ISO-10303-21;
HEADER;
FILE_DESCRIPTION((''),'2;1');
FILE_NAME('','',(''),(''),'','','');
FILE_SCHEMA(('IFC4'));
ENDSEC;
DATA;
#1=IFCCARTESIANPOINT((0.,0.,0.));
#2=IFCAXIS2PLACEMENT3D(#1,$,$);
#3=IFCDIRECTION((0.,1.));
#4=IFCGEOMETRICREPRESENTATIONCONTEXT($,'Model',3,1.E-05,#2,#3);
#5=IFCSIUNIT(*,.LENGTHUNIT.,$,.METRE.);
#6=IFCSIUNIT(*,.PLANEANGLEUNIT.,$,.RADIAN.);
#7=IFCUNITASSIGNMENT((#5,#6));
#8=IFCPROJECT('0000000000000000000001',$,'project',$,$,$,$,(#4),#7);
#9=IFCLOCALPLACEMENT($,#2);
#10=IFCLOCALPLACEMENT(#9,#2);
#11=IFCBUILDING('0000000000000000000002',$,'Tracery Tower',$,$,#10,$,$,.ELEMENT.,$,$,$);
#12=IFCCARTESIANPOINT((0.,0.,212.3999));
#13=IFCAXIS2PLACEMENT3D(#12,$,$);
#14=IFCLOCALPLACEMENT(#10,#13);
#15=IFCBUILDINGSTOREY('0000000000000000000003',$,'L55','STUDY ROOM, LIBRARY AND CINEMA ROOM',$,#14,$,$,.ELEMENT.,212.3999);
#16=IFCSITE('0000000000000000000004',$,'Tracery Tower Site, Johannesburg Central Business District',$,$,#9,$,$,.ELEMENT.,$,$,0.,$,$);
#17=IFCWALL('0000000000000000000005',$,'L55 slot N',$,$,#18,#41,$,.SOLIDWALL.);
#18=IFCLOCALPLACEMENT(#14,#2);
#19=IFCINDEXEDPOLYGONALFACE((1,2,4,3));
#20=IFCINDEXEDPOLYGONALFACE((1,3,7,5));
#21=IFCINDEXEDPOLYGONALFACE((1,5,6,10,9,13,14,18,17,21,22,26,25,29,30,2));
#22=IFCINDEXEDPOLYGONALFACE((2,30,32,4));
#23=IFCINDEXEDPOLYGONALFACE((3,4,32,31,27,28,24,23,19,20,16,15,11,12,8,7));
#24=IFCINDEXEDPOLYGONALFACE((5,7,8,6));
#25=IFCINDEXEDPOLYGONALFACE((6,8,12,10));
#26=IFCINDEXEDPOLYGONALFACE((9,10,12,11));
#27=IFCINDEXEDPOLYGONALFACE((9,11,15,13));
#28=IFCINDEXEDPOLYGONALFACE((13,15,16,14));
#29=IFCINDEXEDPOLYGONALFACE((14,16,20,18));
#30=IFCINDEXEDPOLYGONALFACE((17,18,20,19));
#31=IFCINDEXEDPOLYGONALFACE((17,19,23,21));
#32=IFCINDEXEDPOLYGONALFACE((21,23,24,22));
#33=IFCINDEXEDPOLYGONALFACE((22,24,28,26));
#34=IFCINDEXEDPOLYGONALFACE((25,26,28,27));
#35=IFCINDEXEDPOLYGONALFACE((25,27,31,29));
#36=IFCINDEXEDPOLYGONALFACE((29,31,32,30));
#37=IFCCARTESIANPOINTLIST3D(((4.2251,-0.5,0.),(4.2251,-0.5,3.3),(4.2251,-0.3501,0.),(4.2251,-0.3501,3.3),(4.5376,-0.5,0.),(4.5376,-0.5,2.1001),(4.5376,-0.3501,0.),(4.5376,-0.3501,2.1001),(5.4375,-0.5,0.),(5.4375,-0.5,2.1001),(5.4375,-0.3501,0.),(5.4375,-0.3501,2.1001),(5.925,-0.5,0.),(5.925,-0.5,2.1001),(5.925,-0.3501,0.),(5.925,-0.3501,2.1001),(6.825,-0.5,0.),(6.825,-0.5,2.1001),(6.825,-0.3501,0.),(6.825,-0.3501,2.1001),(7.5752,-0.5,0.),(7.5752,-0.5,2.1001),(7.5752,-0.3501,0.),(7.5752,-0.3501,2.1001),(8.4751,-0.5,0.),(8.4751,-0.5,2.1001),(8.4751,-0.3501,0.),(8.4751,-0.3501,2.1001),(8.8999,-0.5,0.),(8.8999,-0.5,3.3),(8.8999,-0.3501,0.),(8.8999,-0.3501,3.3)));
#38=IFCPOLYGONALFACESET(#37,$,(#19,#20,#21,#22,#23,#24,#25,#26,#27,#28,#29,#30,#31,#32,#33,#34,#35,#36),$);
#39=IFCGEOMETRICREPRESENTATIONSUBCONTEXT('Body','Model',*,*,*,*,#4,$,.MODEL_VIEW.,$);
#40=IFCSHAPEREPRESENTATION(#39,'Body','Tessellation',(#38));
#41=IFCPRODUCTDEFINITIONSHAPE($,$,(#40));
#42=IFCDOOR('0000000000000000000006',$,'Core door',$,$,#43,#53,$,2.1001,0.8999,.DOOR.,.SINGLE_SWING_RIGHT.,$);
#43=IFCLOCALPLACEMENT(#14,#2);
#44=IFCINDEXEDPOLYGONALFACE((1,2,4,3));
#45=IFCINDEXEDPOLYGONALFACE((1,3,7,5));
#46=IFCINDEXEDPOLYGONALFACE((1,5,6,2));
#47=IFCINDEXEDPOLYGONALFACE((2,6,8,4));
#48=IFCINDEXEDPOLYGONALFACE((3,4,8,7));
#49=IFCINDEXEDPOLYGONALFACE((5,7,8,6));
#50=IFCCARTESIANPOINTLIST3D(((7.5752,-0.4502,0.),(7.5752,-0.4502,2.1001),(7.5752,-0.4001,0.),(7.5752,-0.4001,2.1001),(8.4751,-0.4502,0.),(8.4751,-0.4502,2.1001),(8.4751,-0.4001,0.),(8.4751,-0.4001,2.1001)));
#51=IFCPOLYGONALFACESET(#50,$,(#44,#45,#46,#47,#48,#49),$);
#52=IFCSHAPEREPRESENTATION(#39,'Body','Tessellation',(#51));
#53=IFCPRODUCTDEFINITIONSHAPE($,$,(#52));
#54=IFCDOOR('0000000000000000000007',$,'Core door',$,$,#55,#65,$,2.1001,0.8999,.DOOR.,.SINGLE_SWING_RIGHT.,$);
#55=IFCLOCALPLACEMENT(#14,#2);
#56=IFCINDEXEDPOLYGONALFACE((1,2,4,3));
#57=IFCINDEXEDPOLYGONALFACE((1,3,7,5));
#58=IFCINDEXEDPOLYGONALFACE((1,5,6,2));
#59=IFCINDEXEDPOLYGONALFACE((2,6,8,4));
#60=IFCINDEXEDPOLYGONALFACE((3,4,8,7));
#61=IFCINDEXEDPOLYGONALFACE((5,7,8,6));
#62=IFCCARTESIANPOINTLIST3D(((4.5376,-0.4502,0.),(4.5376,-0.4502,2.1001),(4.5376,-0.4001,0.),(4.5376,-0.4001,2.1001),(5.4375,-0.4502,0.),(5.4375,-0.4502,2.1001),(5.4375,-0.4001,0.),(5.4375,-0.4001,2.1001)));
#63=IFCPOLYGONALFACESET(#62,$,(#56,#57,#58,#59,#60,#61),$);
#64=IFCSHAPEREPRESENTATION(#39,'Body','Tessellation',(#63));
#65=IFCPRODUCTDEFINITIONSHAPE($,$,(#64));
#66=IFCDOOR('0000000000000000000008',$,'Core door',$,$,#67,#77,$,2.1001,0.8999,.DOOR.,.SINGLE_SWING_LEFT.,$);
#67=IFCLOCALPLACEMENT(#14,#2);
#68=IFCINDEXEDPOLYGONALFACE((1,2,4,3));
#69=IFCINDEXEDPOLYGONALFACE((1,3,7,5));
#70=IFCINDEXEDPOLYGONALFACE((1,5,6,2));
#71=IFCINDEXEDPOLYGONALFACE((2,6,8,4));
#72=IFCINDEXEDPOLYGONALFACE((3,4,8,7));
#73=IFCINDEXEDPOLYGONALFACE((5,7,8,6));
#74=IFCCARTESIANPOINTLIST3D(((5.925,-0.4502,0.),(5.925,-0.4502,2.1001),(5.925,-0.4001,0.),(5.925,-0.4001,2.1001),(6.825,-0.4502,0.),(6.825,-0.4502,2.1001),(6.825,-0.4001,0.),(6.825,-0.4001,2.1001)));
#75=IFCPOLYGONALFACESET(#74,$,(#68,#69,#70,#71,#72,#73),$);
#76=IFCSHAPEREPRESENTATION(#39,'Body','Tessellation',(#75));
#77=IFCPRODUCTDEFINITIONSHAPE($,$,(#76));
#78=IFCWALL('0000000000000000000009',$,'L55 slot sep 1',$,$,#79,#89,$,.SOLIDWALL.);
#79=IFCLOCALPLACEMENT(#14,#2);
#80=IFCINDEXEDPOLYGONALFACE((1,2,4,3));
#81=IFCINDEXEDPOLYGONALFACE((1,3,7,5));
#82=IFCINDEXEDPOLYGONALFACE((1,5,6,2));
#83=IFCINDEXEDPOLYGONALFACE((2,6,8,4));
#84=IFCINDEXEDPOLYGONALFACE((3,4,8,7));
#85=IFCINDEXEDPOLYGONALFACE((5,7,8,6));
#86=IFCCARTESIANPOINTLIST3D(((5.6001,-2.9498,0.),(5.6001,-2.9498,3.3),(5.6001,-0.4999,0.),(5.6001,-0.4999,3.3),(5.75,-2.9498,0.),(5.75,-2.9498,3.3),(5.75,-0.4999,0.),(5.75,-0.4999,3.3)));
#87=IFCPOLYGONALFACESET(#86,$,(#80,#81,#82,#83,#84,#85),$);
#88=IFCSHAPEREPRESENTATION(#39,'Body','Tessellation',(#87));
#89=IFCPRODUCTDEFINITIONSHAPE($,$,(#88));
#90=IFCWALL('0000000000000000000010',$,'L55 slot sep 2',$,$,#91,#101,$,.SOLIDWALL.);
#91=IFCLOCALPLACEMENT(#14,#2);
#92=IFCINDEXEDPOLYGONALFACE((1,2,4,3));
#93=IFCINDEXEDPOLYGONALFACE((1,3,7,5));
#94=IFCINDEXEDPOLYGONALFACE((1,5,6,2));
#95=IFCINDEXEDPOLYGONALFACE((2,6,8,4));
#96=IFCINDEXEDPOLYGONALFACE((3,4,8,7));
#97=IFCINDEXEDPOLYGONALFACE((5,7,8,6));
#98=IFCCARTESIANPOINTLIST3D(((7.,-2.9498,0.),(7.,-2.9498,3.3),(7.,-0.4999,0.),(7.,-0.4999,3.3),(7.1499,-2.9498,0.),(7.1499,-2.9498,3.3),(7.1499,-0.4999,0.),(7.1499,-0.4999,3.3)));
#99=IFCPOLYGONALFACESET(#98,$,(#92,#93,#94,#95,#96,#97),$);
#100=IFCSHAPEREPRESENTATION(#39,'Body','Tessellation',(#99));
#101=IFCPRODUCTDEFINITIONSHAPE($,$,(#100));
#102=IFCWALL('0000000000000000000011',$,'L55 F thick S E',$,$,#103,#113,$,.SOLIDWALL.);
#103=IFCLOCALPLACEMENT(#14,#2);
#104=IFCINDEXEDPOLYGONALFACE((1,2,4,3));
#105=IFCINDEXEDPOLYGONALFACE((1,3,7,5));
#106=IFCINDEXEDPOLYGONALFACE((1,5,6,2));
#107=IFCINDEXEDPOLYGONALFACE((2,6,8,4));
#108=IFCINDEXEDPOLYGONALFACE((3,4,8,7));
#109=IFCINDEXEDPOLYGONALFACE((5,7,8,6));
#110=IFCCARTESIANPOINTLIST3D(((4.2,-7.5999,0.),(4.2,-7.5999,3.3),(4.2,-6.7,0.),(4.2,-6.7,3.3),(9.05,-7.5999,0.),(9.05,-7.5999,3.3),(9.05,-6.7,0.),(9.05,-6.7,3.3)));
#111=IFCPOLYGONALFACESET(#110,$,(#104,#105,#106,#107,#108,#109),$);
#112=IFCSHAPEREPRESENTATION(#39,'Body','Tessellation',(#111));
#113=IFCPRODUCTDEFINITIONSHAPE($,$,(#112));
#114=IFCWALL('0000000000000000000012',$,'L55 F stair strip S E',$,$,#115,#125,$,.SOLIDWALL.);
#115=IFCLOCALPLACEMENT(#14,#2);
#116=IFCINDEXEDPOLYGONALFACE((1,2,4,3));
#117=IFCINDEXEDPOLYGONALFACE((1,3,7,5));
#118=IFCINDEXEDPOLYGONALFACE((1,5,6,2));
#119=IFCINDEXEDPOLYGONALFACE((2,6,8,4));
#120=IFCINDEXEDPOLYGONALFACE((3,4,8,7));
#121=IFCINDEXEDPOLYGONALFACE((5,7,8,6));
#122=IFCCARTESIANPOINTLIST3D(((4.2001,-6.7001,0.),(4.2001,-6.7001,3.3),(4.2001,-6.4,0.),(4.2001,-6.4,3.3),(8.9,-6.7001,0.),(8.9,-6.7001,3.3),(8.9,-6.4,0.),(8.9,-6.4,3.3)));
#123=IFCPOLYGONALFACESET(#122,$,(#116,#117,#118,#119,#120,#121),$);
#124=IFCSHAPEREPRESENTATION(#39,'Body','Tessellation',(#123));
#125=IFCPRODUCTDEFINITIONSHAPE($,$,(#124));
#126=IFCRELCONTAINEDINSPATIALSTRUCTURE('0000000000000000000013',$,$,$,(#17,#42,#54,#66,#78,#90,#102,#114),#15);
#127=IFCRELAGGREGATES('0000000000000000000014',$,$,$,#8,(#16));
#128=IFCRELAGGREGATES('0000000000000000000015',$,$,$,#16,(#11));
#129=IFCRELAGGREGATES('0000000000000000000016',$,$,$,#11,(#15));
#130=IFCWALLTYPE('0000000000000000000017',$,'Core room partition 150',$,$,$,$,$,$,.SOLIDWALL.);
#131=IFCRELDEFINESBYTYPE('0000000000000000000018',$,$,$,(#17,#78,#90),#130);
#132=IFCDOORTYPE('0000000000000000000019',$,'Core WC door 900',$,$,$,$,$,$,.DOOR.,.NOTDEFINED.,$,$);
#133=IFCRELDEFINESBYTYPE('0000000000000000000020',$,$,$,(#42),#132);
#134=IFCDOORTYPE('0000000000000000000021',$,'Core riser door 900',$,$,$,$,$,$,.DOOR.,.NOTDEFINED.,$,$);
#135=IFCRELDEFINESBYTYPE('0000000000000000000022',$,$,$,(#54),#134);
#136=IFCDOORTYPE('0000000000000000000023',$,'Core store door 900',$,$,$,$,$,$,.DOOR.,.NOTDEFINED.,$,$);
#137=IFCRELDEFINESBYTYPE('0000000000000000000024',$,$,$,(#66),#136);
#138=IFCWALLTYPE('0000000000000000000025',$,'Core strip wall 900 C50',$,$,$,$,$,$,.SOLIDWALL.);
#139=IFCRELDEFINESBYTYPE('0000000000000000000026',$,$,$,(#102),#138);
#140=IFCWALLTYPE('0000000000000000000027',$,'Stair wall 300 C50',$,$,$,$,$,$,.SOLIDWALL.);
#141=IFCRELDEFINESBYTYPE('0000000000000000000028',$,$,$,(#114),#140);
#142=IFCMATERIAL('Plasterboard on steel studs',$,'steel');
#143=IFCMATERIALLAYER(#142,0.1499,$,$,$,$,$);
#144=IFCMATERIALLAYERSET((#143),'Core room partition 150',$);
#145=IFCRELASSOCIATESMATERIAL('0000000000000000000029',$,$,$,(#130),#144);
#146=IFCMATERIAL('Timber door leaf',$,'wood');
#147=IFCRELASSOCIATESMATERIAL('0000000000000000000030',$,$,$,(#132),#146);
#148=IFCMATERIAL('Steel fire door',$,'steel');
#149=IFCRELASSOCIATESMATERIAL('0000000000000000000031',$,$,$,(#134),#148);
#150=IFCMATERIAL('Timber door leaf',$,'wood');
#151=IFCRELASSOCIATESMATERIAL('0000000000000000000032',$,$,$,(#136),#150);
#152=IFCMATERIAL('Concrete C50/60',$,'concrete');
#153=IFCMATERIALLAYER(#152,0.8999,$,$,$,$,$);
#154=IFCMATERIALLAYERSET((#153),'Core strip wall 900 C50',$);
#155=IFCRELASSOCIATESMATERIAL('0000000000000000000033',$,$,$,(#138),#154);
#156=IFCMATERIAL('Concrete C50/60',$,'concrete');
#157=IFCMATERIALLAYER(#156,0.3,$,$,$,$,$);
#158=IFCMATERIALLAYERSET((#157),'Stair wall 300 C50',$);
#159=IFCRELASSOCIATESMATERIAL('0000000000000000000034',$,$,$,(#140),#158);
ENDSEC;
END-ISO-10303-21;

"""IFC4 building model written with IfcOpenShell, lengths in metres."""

from ifc_helpers import new_model, si_unit, direction, frame, frame_2d, origin, place, context, subcontext, project, spatial, rectangle, extrude, material, layer, layer_set, type_object, element, fill, save


model = new_model("IFC4")

# Units and contexts
model_context = context("Model", 3, precision=1e-05, world=origin(), true_north=direction((0.0, 1.0)))
body_context = subcontext(model_context, "Body", "Model", "MODEL_VIEW")
ifc_project = project(units=[si_unit("LENGTHUNIT", "METRE"), si_unit("PLANEANGLEUNIT", "RADIAN")], contexts=[model_context])

# Site, building, storey
site_placement = place(None, origin())
site = spatial("IfcSite", under=ifc_project, at=site_placement, Name="Tracery Tower Site, Johannesburg Central Business District", CompositionType="ELEMENT", RefElevation=0.0)
building_placement = place(site_placement, origin())
building = spatial("IfcBuilding", under=site, at=building_placement, Name="Tracery Tower", CompositionType="ELEMENT")
storey_placement = place(building_placement, frame((0.0, 0.0, 212.3999)))
storey = spatial("IfcBuildingStorey", under=building, at=storey_placement, Name="L55", Description="STUDY ROOM, LIBRARY AND CINEMA ROOM", CompositionType="ELEMENT", Elevation=212.3999)

# Shared definitions
ifc_material_1 = material(Name="Plasterboard on steel studs", Category="steel")
ifc_layer_1 = layer(ifc_material_1, 0.1499)
ifc_layer_set_1 = layer_set([ifc_layer_1], Name="Core room partition 150")
wall_type_1 = type_object("IfcWallType", Name="Core room partition 150", PredefinedType="SOLIDWALL", material=ifc_layer_set_1)

# Wall, openings, doors
wall_1_placement = place(storey_placement, frame((4.2251, -0.425, 0.0), z_axis=(0.0, 0.0, 1.0), x_axis=(1.0, 0.0, 0.0)))
wall_1 = element("IfcWall", 1, at=wall_1_placement, inside=storey, type_object=wall_type_1, Name="L55 slot N", PredefinedType="SOLIDWALL", context=body_context, shape_type="SweptSolid", body=[
    extrude(rectangle(XDim=4.6748, YDim=0.1499, at=frame_2d((2.3374, 0.0))), origin(), (0.0, 0.0, 1.0), 3.3),
])
opening_1_placement = place(wall_1_placement, frame((0.3125, 0.0, 0.0)))
opening_1 = element("IfcOpeningElement", 2, at=opening_1_placement, cuts=wall_1, PredefinedType="OPENING", context=body_context, shape_type="SweptSolid", body=[
    extrude(rectangle(XDim=0.8999, YDim=2.1001, at=frame_2d((0.45, 1.05))), frame((0.0, 0.075, 0.0), z_axis=(0.0, -1.0, 0.0), x_axis=(1.0, 0.0, 0.0)), (0.0, 0.0, 1.0), 0.1499),
])
opening_2_placement = place(wall_1_placement, frame((1.7, 0.0, 0.0)))
opening_2 = element("IfcOpeningElement", 3, at=opening_2_placement, cuts=wall_1, PredefinedType="OPENING", context=body_context, shape_type="SweptSolid", body=[
    extrude(rectangle(XDim=0.8999, YDim=2.1001, at=frame_2d((0.45, 1.05))), frame((0.0, 0.075, 0.0), z_axis=(0.0, -1.0, 0.0), x_axis=(1.0, 0.0, 0.0)), (0.0, 0.0, 1.0), 0.1499),
])
opening_3_placement = place(wall_1_placement, frame((3.3501, 0.0, 0.0)))
opening_3 = element("IfcOpeningElement", 4, at=opening_3_placement, cuts=wall_1, PredefinedType="OPENING", context=body_context, shape_type="SweptSolid", body=[
    extrude(rectangle(XDim=0.8999, YDim=2.1001, at=frame_2d((0.45, 1.05))), frame((0.0, 0.075, 0.0), z_axis=(0.0, -1.0, 0.0), x_axis=(1.0, 0.0, 0.0)), (0.0, 0.0, 1.0), 0.1499),
])
ifc_material_2 = material(Name="Timber door leaf", Category="wood")
door_type_1 = type_object("IfcDoorType", Name="Core WC door 900", OperationType="NOTDEFINED", PredefinedType="DOOR", material=ifc_material_2)
door_1_placement = place(opening_3_placement, origin())
door_1 = element("IfcDoor", 5, at=door_1_placement, inside=storey, type_object=door_type_1, Name="Core door", OperationType="SINGLE_SWING_RIGHT", OverallHeight=2.1001, OverallWidth=0.8999, PredefinedType="DOOR", context=body_context, shape_type="SweptSolid", body=[
    extrude(rectangle(XDim=0.8999, YDim=2.1001, at=frame_2d((0.45, 1.05))), frame((0.0, 0.0249, 0.0), z_axis=(0.0, -1.0, 0.0), x_axis=(1.0, 0.0, 0.0)), (0.0, 0.0, 1.0), 0.05),
])
fill(opening_3, door_1)
ifc_material_3 = material(Name="Steel fire door", Category="steel")
door_type_2 = type_object("IfcDoorType", Name="Core riser door 900", OperationType="NOTDEFINED", PredefinedType="DOOR", material=ifc_material_3)
door_2_placement = place(opening_1_placement, origin())
door_2 = element("IfcDoor", 6, at=door_2_placement, inside=storey, type_object=door_type_2, Name="Core door", OperationType="SINGLE_SWING_RIGHT", OverallHeight=2.1001, OverallWidth=0.8999, PredefinedType="DOOR", context=body_context, shape_type="SweptSolid", body=[
    extrude(rectangle(XDim=0.8999, YDim=2.1001, at=frame_2d((0.45, 1.05))), frame((0.0, 0.0249, 0.0), z_axis=(0.0, -1.0, 0.0), x_axis=(1.0, 0.0, 0.0)), (0.0, 0.0, 1.0), 0.05),
])
fill(opening_1, door_2)
ifc_material_4 = material(Name="Timber door leaf", Category="wood")
door_type_3 = type_object("IfcDoorType", Name="Core store door 900", OperationType="NOTDEFINED", PredefinedType="DOOR", material=ifc_material_4)
door_3_placement = place(opening_2_placement, origin())
door_3 = element("IfcDoor", 7, at=door_3_placement, inside=storey, type_object=door_type_3, Name="Core door", OperationType="SINGLE_SWING_LEFT", OverallHeight=2.1001, OverallWidth=0.8999, PredefinedType="DOOR", context=body_context, shape_type="SweptSolid", body=[
    extrude(rectangle(XDim=0.8999, YDim=2.1001, at=frame_2d((0.45, 1.05))), frame((0.0, 0.0249, 0.0), z_axis=(0.0, -1.0, 0.0), x_axis=(1.0, 0.0, 0.0)), (0.0, 0.0, 1.0), 0.05),
])
fill(opening_2, door_3)

# Walls
for number, where, z_axis, x_axis, name in (
    (8, (5.675, -2.95, 0.0), (0.0, 0.0, 1.0), (0.0, 1.0, 0.0), "L55 slot sep 1"),
    (9, (7.075, -2.95, 0.0), (0.0, 0.0, 1.0), (0.0, 1.0, 0.0), "L55 slot sep 2"),
):
    element("IfcWall", number, at=place(storey_placement, frame(where, z_axis=z_axis, x_axis=x_axis)), inside=storey, type_object=wall_type_1, Name=name, PredefinedType="SOLIDWALL", context=body_context, shape_type="SweptSolid", body=[
        extrude(rectangle(XDim=2.45, YDim=0.1499, at=frame_2d((1.2251, 0.0))), origin(), (0.0, 0.0, 1.0), 3.3),
    ])
ifc_material_5 = material(Name="Concrete C50/60", Category="concrete")
ifc_layer_2 = layer(ifc_material_5, 0.8999)
ifc_layer_set_2 = layer_set([ifc_layer_2], Name="Core strip wall 900 C50")
wall_type_2 = type_object("IfcWallType", Name="Core strip wall 900 C50", PredefinedType="SOLIDWALL", material=ifc_layer_set_2)
wall_2_placement = place(storey_placement, frame((4.2, -7.1499, 0.0), z_axis=(0.0, 0.0, 1.0), x_axis=(1.0, 0.0, 0.0)))
element("IfcWall", 10, at=wall_2_placement, inside=storey, type_object=wall_type_2, Name="L55 F thick S E", PredefinedType="SOLIDWALL", context=body_context, shape_type="SweptSolid", body=[
    extrude(rectangle(XDim=4.8501, YDim=0.8999, at=frame_2d((2.425, 0.0))), origin(), (0.0, 0.0, 1.0), 3.3),
])

# Shared definitions
ifc_material_6 = material(Name="Concrete C50/60", Category="concrete")
ifc_layer_3 = layer(ifc_material_6, 0.3)
ifc_layer_set_3 = layer_set([ifc_layer_3], Name="Stair wall 300 C50")
wall_type_3 = type_object("IfcWallType", Name="Stair wall 300 C50", PredefinedType="SOLIDWALL", material=ifc_layer_set_3)

# Wall
wall_3_placement = place(storey_placement, frame((4.2, -6.55, 0.0), z_axis=(0.0, 0.0, 1.0), x_axis=(1.0, 0.0, 0.0)))
element("IfcWall", 11, at=wall_3_placement, inside=storey, type_object=wall_type_3, Name="L55 F stair strip S E", PredefinedType="SOLIDWALL", context=body_context, shape_type="SweptSolid", body=[
    extrude(rectangle(XDim=4.7, YDim=0.3, at=frame_2d((2.3501, 0.0))), origin(), (0.0, 0.0, 1.0), 3.3),
])

save(model, "model.ifc")
